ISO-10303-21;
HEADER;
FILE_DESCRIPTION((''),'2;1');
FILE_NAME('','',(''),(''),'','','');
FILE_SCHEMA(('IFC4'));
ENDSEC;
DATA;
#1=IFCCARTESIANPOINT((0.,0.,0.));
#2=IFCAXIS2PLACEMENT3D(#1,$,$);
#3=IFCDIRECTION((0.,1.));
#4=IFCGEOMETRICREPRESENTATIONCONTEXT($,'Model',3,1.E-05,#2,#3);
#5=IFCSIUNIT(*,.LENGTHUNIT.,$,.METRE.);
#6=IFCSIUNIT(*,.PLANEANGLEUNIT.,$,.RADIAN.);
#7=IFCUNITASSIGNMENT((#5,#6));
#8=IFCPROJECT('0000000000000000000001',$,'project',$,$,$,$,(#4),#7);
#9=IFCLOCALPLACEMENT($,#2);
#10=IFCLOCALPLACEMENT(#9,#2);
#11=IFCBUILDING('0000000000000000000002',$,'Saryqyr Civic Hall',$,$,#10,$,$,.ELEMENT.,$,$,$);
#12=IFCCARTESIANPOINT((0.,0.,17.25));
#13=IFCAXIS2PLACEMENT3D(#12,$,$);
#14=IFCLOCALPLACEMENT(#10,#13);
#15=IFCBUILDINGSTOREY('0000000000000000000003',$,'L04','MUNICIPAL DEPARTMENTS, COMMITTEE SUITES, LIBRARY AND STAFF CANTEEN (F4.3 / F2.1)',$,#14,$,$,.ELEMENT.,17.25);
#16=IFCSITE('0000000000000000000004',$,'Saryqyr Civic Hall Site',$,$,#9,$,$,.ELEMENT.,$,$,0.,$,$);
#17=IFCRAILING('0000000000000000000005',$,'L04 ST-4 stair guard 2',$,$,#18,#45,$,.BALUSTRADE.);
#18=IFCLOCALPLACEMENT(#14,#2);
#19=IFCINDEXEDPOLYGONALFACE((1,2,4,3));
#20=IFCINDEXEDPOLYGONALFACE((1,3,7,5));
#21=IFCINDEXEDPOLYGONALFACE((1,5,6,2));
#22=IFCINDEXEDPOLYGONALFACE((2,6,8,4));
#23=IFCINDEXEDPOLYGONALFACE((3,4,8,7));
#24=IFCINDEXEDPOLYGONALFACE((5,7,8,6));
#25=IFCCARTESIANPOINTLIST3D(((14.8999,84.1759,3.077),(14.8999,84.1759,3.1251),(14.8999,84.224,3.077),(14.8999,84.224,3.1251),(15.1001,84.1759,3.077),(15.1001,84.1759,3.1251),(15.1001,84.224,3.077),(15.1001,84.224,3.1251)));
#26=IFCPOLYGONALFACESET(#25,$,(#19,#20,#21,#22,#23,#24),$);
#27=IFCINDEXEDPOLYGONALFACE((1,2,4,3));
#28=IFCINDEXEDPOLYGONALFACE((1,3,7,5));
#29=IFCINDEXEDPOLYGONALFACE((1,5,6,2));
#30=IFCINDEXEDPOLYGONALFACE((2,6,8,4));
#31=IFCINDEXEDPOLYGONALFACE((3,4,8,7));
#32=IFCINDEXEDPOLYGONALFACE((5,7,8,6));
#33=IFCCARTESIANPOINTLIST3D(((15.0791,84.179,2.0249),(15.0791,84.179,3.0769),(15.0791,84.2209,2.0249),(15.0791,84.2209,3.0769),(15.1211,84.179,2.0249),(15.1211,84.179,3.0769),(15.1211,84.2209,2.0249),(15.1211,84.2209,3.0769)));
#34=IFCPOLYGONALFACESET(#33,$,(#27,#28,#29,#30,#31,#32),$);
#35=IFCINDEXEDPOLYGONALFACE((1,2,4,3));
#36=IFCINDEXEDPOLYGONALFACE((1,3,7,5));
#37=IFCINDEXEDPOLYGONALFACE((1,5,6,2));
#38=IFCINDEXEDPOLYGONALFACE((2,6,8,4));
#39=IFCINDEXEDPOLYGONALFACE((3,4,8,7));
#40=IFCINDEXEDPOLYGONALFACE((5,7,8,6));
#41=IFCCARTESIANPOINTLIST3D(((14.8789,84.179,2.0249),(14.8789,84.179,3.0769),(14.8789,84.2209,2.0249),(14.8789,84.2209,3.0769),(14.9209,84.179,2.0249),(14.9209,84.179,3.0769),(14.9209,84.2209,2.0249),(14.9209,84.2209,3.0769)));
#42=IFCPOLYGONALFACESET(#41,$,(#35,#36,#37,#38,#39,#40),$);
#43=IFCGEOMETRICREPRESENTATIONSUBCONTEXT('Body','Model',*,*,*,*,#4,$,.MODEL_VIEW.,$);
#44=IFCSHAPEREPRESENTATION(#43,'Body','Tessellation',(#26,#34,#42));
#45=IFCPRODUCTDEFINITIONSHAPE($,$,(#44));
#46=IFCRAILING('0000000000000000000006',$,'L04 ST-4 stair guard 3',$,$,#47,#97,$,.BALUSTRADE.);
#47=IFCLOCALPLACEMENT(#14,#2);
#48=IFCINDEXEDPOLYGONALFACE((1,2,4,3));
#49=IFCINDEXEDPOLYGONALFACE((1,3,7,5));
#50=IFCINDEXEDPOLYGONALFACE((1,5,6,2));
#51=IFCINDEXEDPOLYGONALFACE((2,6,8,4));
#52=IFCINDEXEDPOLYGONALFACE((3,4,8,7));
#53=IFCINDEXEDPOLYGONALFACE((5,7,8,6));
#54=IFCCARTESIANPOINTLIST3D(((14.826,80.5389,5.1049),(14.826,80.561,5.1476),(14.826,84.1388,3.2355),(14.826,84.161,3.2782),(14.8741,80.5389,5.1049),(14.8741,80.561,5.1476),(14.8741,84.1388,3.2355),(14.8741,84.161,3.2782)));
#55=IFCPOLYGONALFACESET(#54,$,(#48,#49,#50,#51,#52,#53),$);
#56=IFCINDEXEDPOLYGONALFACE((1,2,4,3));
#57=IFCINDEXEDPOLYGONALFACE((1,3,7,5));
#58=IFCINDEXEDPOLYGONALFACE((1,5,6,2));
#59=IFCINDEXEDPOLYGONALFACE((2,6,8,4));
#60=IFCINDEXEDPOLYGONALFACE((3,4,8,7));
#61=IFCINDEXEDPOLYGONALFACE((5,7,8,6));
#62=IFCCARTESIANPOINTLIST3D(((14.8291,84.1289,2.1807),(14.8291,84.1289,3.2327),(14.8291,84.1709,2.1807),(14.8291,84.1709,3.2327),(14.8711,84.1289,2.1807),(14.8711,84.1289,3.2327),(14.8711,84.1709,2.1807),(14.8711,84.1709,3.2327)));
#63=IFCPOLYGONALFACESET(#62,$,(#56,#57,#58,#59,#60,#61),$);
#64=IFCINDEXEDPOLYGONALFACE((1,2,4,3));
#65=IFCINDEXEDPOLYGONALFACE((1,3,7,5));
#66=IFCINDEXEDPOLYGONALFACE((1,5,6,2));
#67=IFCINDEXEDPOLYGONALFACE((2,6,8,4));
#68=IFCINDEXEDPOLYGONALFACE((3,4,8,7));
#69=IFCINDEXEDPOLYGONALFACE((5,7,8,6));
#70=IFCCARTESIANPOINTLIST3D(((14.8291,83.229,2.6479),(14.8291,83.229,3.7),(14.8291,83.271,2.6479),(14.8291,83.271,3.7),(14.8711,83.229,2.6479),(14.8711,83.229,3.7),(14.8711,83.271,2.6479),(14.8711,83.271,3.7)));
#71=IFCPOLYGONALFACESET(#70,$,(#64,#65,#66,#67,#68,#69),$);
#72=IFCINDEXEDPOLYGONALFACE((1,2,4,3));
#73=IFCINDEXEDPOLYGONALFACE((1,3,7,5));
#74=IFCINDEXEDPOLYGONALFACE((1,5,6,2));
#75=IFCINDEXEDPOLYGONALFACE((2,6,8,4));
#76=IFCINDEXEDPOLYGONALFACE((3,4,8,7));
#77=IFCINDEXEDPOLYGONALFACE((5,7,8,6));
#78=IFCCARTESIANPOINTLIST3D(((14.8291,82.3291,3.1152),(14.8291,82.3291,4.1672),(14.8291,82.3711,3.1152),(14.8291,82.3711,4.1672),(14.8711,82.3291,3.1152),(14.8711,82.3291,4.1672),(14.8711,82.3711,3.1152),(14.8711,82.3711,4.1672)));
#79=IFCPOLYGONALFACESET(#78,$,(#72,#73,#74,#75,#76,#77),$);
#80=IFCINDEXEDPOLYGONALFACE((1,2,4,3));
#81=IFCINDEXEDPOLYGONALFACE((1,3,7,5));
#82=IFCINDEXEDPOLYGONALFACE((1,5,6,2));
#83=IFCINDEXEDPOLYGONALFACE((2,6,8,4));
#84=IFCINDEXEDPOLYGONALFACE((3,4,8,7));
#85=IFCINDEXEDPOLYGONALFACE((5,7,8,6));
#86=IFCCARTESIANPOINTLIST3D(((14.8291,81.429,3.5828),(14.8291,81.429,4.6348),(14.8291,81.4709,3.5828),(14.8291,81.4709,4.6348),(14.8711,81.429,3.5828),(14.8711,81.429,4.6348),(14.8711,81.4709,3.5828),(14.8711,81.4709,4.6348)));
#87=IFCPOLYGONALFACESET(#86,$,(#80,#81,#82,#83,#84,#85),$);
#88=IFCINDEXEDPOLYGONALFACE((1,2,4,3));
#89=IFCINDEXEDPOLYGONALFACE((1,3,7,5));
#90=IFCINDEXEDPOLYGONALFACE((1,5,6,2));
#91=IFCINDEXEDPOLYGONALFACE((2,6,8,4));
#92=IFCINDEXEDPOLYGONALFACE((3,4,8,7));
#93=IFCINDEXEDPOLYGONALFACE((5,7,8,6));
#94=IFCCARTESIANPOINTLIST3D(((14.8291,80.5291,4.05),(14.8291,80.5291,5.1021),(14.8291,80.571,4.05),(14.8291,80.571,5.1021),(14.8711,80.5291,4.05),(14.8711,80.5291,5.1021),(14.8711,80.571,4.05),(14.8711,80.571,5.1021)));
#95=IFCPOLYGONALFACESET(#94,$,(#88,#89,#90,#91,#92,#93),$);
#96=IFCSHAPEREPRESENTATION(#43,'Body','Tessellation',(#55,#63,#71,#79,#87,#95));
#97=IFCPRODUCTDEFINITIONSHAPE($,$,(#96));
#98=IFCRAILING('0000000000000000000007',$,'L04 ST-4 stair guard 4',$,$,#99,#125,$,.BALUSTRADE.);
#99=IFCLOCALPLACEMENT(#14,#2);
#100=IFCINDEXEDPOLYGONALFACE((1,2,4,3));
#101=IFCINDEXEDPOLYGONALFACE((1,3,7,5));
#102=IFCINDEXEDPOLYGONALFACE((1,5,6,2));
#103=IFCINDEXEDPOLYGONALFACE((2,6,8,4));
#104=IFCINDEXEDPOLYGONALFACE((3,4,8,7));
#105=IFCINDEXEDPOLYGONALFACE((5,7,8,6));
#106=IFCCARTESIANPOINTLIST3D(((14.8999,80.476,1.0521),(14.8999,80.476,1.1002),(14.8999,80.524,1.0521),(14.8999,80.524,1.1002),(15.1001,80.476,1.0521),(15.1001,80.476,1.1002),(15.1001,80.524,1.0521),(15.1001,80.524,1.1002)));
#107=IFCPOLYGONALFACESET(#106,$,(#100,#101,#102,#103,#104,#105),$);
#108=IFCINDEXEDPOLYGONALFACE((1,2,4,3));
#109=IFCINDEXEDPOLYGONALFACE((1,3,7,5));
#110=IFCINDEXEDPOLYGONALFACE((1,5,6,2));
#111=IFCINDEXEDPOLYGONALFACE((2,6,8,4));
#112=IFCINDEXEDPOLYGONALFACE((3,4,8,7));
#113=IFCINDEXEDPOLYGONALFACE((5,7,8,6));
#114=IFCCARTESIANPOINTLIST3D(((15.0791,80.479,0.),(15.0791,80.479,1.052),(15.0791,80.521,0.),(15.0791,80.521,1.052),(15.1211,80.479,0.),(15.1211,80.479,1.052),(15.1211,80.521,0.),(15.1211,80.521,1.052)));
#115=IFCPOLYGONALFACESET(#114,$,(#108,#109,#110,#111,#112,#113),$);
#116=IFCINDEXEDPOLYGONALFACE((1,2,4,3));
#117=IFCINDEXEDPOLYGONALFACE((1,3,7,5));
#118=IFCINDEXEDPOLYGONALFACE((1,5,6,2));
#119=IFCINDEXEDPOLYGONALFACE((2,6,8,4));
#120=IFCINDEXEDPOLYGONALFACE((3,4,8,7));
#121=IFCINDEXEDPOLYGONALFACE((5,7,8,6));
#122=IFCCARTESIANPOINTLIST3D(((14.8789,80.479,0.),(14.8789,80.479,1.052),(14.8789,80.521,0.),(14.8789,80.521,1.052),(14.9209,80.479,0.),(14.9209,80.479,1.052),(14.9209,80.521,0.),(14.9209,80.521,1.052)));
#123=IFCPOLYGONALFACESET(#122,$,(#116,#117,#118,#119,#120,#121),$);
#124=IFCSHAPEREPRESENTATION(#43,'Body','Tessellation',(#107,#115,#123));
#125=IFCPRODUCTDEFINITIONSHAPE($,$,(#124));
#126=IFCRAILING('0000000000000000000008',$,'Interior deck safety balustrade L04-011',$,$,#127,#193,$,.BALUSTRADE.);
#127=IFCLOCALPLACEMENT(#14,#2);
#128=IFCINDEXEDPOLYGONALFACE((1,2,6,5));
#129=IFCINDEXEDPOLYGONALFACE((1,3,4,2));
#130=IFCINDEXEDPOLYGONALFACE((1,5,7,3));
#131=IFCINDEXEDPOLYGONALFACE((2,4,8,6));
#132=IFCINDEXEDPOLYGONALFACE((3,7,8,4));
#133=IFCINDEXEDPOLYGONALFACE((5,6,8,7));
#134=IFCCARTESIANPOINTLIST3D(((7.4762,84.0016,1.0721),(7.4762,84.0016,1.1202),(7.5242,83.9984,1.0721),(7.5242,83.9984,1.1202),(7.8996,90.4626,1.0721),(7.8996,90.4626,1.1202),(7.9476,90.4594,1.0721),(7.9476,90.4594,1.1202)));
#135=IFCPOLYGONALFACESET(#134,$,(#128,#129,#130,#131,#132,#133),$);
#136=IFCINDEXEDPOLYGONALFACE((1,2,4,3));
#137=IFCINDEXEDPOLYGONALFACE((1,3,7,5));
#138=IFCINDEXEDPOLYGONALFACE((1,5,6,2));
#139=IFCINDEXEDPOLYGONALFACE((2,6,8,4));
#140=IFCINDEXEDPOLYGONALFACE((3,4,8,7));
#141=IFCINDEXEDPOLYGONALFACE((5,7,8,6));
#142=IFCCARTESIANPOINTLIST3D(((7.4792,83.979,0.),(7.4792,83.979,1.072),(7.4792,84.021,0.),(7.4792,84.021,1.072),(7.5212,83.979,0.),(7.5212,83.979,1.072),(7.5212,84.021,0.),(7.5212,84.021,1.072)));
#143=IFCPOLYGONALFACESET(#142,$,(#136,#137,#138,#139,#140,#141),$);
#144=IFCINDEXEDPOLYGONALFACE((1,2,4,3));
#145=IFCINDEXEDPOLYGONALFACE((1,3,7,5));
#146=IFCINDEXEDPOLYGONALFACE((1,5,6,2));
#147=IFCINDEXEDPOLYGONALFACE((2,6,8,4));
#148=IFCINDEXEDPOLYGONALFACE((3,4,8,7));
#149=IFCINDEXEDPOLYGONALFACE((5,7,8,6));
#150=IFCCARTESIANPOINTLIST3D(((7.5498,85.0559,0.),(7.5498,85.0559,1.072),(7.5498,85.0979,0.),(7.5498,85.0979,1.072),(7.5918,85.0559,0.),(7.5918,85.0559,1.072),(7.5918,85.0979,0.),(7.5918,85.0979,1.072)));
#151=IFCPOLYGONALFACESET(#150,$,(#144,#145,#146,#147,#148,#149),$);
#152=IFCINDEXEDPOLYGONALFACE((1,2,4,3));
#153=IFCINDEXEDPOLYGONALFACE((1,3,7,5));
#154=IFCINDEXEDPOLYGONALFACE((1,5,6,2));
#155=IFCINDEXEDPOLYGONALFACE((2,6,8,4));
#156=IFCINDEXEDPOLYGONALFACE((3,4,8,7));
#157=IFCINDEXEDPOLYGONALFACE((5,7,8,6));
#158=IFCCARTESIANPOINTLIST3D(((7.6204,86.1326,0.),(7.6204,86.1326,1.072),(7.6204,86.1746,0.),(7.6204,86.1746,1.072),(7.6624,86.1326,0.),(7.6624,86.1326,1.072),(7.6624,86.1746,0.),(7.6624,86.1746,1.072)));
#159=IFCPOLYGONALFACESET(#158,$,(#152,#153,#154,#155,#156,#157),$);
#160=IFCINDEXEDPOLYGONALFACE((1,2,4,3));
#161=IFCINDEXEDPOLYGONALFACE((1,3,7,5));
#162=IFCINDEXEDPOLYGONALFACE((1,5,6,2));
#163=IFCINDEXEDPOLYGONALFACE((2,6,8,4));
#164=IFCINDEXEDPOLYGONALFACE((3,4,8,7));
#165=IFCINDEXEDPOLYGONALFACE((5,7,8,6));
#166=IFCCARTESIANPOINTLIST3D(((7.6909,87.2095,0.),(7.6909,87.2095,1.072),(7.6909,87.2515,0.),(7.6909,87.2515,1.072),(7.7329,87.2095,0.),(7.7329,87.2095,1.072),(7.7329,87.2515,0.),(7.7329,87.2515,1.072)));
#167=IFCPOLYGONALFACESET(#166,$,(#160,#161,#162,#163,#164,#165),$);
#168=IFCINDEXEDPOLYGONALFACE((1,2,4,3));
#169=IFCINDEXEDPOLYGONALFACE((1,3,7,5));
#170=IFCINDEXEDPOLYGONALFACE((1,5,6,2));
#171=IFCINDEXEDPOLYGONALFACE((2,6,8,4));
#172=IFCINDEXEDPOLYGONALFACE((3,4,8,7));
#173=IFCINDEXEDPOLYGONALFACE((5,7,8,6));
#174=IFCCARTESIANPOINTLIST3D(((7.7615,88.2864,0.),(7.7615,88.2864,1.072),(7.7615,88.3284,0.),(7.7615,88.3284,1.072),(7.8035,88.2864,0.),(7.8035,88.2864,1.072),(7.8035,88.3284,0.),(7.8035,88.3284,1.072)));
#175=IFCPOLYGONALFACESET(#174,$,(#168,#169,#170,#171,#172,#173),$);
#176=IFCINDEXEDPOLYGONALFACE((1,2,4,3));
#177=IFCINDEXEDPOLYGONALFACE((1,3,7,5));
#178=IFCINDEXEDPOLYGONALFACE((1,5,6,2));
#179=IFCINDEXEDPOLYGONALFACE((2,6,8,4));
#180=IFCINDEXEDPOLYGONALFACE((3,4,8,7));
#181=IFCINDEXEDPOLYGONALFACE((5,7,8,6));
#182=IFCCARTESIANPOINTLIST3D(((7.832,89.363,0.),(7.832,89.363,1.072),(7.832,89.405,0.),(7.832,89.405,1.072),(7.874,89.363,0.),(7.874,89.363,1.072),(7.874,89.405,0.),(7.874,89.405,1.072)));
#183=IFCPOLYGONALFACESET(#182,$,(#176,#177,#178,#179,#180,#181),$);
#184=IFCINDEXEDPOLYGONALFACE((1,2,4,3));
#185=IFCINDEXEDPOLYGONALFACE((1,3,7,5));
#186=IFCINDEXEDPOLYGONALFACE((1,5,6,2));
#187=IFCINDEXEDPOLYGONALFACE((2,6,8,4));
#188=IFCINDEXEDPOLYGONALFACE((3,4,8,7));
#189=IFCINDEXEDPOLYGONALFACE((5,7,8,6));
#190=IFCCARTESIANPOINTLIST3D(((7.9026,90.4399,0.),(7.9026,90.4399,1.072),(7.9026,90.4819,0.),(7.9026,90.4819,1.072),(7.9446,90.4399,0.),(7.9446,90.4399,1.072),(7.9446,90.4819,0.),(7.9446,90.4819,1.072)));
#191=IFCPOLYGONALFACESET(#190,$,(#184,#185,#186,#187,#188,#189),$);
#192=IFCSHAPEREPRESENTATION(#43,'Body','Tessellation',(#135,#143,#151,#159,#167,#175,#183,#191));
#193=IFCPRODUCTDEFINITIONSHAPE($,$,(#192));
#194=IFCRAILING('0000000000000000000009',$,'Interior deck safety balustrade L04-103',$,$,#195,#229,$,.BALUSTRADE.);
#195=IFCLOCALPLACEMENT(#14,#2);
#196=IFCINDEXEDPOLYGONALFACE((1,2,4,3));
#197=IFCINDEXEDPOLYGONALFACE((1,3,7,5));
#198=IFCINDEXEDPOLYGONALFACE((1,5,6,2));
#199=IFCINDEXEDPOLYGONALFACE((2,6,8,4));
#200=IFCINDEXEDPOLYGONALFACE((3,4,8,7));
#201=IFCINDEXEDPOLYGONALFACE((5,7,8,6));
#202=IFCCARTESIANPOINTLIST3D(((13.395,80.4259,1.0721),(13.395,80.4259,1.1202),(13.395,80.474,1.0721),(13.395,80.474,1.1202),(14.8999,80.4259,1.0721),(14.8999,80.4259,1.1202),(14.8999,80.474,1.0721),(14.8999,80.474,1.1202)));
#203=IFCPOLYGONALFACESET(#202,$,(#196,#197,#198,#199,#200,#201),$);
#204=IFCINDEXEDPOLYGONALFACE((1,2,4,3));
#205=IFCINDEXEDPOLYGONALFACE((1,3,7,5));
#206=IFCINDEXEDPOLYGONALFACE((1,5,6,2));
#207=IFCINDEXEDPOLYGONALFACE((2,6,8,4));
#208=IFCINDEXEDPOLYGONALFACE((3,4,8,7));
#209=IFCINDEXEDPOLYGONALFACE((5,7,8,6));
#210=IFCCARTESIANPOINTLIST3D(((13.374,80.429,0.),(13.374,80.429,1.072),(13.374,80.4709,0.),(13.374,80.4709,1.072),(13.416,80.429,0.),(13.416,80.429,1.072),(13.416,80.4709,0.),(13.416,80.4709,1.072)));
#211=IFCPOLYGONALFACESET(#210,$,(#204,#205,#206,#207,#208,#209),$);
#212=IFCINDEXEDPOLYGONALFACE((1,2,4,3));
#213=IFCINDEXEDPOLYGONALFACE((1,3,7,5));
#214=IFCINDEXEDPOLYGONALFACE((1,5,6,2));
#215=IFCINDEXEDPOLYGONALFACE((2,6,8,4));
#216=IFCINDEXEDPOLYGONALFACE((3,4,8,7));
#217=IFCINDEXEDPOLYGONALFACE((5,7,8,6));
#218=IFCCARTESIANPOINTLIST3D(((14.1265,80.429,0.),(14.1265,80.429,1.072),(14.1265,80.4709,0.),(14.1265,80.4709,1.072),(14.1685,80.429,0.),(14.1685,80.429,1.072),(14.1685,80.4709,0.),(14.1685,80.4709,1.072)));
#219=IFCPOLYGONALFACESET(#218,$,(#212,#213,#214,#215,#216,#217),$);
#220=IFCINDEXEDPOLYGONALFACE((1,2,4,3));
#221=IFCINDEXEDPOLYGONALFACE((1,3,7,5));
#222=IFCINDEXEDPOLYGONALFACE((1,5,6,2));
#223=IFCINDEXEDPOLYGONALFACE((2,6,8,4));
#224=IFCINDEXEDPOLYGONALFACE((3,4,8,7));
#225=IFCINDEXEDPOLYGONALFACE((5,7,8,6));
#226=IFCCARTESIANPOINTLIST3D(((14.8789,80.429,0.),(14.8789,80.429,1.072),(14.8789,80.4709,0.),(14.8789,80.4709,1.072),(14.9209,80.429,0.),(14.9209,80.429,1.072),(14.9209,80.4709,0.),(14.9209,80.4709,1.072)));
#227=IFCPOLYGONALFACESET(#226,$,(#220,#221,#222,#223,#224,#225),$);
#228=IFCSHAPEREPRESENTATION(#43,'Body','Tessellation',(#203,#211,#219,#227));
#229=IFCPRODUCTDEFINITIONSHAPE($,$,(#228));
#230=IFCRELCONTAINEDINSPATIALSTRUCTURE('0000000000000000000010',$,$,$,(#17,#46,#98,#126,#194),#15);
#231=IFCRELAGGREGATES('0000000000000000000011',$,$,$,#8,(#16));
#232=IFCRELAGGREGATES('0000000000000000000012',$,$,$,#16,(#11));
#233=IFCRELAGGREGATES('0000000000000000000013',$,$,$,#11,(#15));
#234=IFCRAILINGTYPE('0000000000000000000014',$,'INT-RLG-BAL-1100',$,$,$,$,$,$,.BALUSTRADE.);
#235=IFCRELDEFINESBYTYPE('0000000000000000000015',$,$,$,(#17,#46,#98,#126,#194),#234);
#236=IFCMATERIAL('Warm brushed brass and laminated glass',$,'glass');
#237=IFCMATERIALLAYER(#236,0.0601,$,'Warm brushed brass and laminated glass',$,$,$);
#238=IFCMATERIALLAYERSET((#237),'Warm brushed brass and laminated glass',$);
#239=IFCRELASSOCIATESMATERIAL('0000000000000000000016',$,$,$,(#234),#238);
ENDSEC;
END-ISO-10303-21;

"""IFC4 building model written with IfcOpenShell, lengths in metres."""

from ifc_helpers import new_model, si_unit, direction, frame, origin, origin_2d, place, context, subcontext, project, spatial, rectangle, extrude, material, layer, layer_set, type_object, element, save


model = new_model("IFC4")

# Units and contexts
model_context = context("Model", 3, precision=1e-05, world=origin(), true_north=direction((0.0, 1.0)))
body_context = subcontext(model_context, "Body", "Model", "MODEL_VIEW")
ifc_project = project(units=[si_unit("LENGTHUNIT", "METRE"), si_unit("PLANEANGLEUNIT", "RADIAN")], contexts=[model_context])

# Site, building, storey
site_placement = place(None, origin())
site = spatial("IfcSite", under=ifc_project, at=site_placement, Name="Saryqyr Civic Hall Site", CompositionType="ELEMENT", RefElevation=0.0)
building_placement = place(site_placement, origin())
building = spatial("IfcBuilding", under=site, at=building_placement, Name="Saryqyr Civic Hall", CompositionType="ELEMENT")
storey_placement = place(building_placement, frame((0.0, 0.0, 17.25)))
storey = spatial("IfcBuildingStorey", under=building, at=storey_placement, Name="L04", Description="MUNICIPAL DEPARTMENTS, COMMITTEE SUITES, LIBRARY AND STAFF CANTEEN (F4.3 / F2.1)", CompositionType="ELEMENT", Elevation=17.25)

# Railings
ifc_material_1 = material(Name="Warm brushed brass and laminated glass", Category="glass")
ifc_layer_1 = layer(ifc_material_1, 0.0601, Name="Warm brushed brass and laminated glass")
ifc_layer_set_1 = layer_set([ifc_layer_1], Name="Warm brushed brass and laminated glass")
railing_type_1 = type_object("IfcRailingType", Name="INT-RLG-BAL-1100", PredefinedType="BALUSTRADE", material=ifc_layer_set_1)
railing_1_placement = place(storey_placement, frame((15.1001, 84.2, 2.0249)))
element("IfcRailing", 1, at=railing_1_placement, inside=storey, type_object=railing_type_1, Name="L04 ST-4 stair guard 2", PredefinedType="BALUSTRADE", context=body_context, shape_type="SweptSolid", body=[
    extrude(rectangle(XDim=0.0481, YDim=0.0481, at=origin_2d()), frame((0.0, 0.0, 1.0762), z_axis=(-1.0, 0.0, 0.0), x_axis=(0.0, -1.0, 0.0)), (0.0, 0.0, 1.0), 0.2002),
    extrude(rectangle(XDim=0.042, YDim=0.042, at=origin_2d()), origin(), (0.0, 0.0, 1.0), 1.052),
    extrude(rectangle(XDim=0.042, YDim=0.042, at=origin_2d()), frame((-0.2002, 0.0, 0.0)), (0.0, 0.0, 1.0), 1.052),
])
railing_2_placement = place(storey_placement, frame((14.8501, 84.1499, 2.1807)))
element("IfcRailing", 2, at=railing_2_placement, inside=storey, type_object=railing_type_1, Name="L04 ST-4 stair guard 3", PredefinedType="BALUSTRADE", context=body_context, shape_type="SweptSolid", body=[
    extrude(rectangle(XDim=0.0481, YDim=0.0481, at=origin_2d()), frame((0.0, 0.0, 1.0762), z_axis=(0.0, -0.887473, 0.46086), x_axis=(1.0, 0.0, 0.0)), (0.0, 0.0, 1.0), 4.0564),
    extrude(rectangle(XDim=0.042, YDim=0.042, at=origin_2d()), origin(), (0.0, 0.0, 1.0), 1.052),
    extrude(rectangle(XDim=0.042, YDim=0.042, at=origin_2d()), frame((0.0, -0.8999, 0.4673)), (0.0, 0.0, 1.0), 1.052),
    extrude(rectangle(XDim=0.042, YDim=0.042, at=origin_2d()), frame((0.0, -1.7998, 0.9346)), (0.0, 0.0, 1.0), 1.052),
    extrude(rectangle(XDim=0.042, YDim=0.042, at=origin_2d()), frame((0.0, -2.7, 1.4021)), (0.0, 0.0, 1.0), 1.052),
    extrude(rectangle(XDim=0.042, YDim=0.042, at=origin_2d()), frame((0.0, -3.5999, 1.8694)), (0.0, 0.0, 1.0), 1.052),
])
railing_3_placement = place(storey_placement, frame((15.1001, 80.5, 0.0)))
element("IfcRailing", 3, at=railing_3_placement, inside=storey, type_object=railing_type_1, Name="L04 ST-4 stair guard 4", PredefinedType="BALUSTRADE", context=body_context, shape_type="SweptSolid", body=[
    extrude(rectangle(XDim=0.0481, YDim=0.0481, at=origin_2d()), frame((0.0, 0.0, 1.0762), z_axis=(-1.0, 0.0, 0.0), x_axis=(0.0, -1.0, 0.0)), (0.0, 0.0, 1.0), 0.2002),
    extrude(rectangle(XDim=0.042, YDim=0.042, at=origin_2d()), origin(), (0.0, 0.0, 1.0), 1.052),
    extrude(rectangle(XDim=0.042, YDim=0.042, at=origin_2d()), frame((-0.2002, 0.0, 0.0)), (0.0, 0.0, 1.0), 1.052),
])
railing_4_placement = place(storey_placement, frame((7.5002, 84.0, 0.0)))
element("IfcRailing", 4, at=railing_4_placement, inside=storey, type_object=railing_type_1, Name="Interior deck safety balustrade L04-011", PredefinedType="BALUSTRADE", context=body_context, shape_type="SweptSolid", body=[
    extrude(rectangle(XDim=0.0481, YDim=0.0481, at=origin_2d()), frame((0.0, 0.0, 1.0962), z_axis=(0.065383, 0.99786, 0.0), x_axis=(-0.99786, 0.065383, 0.0)), (0.0, 0.0, 1.0), 6.4749),
    extrude(rectangle(XDim=0.042, YDim=0.042, at=origin_2d()), origin(), (0.0, 0.0, 1.0), 1.072),
    extrude(rectangle(XDim=0.042, YDim=0.042, at=origin_2d()), frame((0.0706, 1.0769, 0.0)), (0.0, 0.0, 1.0), 1.072),
    extrude(rectangle(XDim=0.042, YDim=0.042, at=origin_2d()), frame((0.1411, 2.1536, 0.0)), (0.0, 0.0, 1.0), 1.072),
    extrude(rectangle(XDim=0.042, YDim=0.042, at=origin_2d()), frame((0.2117, 3.2305, 0.0)), (0.0, 0.0, 1.0), 1.072),
    extrude(rectangle(XDim=0.042, YDim=0.042, at=origin_2d()), frame((0.2822, 4.3074, 0.0)), (0.0, 0.0, 1.0), 1.072),
    extrude(rectangle(XDim=0.042, YDim=0.042, at=origin_2d()), frame((0.3528, 5.384, 0.0)), (0.0, 0.0, 1.0), 1.072),
    extrude(rectangle(XDim=0.042, YDim=0.042, at=origin_2d()), frame((0.4233, 6.4609, 0.0)), (0.0, 0.0, 1.0), 1.072),
])
for number, where, name in (
    (5, (13.395, 80.45, 0.0), "Interior deck safety balustrade L04-103"),
):
    element("IfcRailing", number, at=place(storey_placement, frame(where)), inside=storey, type_object=railing_type_1, Name=name, PredefinedType="BALUSTRADE", context=body_context, shape_type="SweptSolid", body=[
        extrude(rectangle(XDim=0.0481, YDim=0.0481, at=origin_2d()), frame((0.0, 0.0, 1.0962), z_axis=(1.0, 0.0, 0.0), x_axis=(0.0, 1.0, 0.0)), (0.0, 0.0, 1.0), 1.5049),
        extrude(rectangle(XDim=0.042, YDim=0.042, at=origin_2d()), origin(), (0.0, 0.0, 1.0), 1.072),
        extrude(rectangle(XDim=0.042, YDim=0.042, at=origin_2d()), frame((0.7524, 0.0, 0.0)), (0.0, 0.0, 1.0), 1.072),
        extrude(rectangle(XDim=0.042, YDim=0.042, at=origin_2d()), frame((1.5049, 0.0, 0.0)), (0.0, 0.0, 1.0), 1.072),
    ])

save(model, "model.ifc")
